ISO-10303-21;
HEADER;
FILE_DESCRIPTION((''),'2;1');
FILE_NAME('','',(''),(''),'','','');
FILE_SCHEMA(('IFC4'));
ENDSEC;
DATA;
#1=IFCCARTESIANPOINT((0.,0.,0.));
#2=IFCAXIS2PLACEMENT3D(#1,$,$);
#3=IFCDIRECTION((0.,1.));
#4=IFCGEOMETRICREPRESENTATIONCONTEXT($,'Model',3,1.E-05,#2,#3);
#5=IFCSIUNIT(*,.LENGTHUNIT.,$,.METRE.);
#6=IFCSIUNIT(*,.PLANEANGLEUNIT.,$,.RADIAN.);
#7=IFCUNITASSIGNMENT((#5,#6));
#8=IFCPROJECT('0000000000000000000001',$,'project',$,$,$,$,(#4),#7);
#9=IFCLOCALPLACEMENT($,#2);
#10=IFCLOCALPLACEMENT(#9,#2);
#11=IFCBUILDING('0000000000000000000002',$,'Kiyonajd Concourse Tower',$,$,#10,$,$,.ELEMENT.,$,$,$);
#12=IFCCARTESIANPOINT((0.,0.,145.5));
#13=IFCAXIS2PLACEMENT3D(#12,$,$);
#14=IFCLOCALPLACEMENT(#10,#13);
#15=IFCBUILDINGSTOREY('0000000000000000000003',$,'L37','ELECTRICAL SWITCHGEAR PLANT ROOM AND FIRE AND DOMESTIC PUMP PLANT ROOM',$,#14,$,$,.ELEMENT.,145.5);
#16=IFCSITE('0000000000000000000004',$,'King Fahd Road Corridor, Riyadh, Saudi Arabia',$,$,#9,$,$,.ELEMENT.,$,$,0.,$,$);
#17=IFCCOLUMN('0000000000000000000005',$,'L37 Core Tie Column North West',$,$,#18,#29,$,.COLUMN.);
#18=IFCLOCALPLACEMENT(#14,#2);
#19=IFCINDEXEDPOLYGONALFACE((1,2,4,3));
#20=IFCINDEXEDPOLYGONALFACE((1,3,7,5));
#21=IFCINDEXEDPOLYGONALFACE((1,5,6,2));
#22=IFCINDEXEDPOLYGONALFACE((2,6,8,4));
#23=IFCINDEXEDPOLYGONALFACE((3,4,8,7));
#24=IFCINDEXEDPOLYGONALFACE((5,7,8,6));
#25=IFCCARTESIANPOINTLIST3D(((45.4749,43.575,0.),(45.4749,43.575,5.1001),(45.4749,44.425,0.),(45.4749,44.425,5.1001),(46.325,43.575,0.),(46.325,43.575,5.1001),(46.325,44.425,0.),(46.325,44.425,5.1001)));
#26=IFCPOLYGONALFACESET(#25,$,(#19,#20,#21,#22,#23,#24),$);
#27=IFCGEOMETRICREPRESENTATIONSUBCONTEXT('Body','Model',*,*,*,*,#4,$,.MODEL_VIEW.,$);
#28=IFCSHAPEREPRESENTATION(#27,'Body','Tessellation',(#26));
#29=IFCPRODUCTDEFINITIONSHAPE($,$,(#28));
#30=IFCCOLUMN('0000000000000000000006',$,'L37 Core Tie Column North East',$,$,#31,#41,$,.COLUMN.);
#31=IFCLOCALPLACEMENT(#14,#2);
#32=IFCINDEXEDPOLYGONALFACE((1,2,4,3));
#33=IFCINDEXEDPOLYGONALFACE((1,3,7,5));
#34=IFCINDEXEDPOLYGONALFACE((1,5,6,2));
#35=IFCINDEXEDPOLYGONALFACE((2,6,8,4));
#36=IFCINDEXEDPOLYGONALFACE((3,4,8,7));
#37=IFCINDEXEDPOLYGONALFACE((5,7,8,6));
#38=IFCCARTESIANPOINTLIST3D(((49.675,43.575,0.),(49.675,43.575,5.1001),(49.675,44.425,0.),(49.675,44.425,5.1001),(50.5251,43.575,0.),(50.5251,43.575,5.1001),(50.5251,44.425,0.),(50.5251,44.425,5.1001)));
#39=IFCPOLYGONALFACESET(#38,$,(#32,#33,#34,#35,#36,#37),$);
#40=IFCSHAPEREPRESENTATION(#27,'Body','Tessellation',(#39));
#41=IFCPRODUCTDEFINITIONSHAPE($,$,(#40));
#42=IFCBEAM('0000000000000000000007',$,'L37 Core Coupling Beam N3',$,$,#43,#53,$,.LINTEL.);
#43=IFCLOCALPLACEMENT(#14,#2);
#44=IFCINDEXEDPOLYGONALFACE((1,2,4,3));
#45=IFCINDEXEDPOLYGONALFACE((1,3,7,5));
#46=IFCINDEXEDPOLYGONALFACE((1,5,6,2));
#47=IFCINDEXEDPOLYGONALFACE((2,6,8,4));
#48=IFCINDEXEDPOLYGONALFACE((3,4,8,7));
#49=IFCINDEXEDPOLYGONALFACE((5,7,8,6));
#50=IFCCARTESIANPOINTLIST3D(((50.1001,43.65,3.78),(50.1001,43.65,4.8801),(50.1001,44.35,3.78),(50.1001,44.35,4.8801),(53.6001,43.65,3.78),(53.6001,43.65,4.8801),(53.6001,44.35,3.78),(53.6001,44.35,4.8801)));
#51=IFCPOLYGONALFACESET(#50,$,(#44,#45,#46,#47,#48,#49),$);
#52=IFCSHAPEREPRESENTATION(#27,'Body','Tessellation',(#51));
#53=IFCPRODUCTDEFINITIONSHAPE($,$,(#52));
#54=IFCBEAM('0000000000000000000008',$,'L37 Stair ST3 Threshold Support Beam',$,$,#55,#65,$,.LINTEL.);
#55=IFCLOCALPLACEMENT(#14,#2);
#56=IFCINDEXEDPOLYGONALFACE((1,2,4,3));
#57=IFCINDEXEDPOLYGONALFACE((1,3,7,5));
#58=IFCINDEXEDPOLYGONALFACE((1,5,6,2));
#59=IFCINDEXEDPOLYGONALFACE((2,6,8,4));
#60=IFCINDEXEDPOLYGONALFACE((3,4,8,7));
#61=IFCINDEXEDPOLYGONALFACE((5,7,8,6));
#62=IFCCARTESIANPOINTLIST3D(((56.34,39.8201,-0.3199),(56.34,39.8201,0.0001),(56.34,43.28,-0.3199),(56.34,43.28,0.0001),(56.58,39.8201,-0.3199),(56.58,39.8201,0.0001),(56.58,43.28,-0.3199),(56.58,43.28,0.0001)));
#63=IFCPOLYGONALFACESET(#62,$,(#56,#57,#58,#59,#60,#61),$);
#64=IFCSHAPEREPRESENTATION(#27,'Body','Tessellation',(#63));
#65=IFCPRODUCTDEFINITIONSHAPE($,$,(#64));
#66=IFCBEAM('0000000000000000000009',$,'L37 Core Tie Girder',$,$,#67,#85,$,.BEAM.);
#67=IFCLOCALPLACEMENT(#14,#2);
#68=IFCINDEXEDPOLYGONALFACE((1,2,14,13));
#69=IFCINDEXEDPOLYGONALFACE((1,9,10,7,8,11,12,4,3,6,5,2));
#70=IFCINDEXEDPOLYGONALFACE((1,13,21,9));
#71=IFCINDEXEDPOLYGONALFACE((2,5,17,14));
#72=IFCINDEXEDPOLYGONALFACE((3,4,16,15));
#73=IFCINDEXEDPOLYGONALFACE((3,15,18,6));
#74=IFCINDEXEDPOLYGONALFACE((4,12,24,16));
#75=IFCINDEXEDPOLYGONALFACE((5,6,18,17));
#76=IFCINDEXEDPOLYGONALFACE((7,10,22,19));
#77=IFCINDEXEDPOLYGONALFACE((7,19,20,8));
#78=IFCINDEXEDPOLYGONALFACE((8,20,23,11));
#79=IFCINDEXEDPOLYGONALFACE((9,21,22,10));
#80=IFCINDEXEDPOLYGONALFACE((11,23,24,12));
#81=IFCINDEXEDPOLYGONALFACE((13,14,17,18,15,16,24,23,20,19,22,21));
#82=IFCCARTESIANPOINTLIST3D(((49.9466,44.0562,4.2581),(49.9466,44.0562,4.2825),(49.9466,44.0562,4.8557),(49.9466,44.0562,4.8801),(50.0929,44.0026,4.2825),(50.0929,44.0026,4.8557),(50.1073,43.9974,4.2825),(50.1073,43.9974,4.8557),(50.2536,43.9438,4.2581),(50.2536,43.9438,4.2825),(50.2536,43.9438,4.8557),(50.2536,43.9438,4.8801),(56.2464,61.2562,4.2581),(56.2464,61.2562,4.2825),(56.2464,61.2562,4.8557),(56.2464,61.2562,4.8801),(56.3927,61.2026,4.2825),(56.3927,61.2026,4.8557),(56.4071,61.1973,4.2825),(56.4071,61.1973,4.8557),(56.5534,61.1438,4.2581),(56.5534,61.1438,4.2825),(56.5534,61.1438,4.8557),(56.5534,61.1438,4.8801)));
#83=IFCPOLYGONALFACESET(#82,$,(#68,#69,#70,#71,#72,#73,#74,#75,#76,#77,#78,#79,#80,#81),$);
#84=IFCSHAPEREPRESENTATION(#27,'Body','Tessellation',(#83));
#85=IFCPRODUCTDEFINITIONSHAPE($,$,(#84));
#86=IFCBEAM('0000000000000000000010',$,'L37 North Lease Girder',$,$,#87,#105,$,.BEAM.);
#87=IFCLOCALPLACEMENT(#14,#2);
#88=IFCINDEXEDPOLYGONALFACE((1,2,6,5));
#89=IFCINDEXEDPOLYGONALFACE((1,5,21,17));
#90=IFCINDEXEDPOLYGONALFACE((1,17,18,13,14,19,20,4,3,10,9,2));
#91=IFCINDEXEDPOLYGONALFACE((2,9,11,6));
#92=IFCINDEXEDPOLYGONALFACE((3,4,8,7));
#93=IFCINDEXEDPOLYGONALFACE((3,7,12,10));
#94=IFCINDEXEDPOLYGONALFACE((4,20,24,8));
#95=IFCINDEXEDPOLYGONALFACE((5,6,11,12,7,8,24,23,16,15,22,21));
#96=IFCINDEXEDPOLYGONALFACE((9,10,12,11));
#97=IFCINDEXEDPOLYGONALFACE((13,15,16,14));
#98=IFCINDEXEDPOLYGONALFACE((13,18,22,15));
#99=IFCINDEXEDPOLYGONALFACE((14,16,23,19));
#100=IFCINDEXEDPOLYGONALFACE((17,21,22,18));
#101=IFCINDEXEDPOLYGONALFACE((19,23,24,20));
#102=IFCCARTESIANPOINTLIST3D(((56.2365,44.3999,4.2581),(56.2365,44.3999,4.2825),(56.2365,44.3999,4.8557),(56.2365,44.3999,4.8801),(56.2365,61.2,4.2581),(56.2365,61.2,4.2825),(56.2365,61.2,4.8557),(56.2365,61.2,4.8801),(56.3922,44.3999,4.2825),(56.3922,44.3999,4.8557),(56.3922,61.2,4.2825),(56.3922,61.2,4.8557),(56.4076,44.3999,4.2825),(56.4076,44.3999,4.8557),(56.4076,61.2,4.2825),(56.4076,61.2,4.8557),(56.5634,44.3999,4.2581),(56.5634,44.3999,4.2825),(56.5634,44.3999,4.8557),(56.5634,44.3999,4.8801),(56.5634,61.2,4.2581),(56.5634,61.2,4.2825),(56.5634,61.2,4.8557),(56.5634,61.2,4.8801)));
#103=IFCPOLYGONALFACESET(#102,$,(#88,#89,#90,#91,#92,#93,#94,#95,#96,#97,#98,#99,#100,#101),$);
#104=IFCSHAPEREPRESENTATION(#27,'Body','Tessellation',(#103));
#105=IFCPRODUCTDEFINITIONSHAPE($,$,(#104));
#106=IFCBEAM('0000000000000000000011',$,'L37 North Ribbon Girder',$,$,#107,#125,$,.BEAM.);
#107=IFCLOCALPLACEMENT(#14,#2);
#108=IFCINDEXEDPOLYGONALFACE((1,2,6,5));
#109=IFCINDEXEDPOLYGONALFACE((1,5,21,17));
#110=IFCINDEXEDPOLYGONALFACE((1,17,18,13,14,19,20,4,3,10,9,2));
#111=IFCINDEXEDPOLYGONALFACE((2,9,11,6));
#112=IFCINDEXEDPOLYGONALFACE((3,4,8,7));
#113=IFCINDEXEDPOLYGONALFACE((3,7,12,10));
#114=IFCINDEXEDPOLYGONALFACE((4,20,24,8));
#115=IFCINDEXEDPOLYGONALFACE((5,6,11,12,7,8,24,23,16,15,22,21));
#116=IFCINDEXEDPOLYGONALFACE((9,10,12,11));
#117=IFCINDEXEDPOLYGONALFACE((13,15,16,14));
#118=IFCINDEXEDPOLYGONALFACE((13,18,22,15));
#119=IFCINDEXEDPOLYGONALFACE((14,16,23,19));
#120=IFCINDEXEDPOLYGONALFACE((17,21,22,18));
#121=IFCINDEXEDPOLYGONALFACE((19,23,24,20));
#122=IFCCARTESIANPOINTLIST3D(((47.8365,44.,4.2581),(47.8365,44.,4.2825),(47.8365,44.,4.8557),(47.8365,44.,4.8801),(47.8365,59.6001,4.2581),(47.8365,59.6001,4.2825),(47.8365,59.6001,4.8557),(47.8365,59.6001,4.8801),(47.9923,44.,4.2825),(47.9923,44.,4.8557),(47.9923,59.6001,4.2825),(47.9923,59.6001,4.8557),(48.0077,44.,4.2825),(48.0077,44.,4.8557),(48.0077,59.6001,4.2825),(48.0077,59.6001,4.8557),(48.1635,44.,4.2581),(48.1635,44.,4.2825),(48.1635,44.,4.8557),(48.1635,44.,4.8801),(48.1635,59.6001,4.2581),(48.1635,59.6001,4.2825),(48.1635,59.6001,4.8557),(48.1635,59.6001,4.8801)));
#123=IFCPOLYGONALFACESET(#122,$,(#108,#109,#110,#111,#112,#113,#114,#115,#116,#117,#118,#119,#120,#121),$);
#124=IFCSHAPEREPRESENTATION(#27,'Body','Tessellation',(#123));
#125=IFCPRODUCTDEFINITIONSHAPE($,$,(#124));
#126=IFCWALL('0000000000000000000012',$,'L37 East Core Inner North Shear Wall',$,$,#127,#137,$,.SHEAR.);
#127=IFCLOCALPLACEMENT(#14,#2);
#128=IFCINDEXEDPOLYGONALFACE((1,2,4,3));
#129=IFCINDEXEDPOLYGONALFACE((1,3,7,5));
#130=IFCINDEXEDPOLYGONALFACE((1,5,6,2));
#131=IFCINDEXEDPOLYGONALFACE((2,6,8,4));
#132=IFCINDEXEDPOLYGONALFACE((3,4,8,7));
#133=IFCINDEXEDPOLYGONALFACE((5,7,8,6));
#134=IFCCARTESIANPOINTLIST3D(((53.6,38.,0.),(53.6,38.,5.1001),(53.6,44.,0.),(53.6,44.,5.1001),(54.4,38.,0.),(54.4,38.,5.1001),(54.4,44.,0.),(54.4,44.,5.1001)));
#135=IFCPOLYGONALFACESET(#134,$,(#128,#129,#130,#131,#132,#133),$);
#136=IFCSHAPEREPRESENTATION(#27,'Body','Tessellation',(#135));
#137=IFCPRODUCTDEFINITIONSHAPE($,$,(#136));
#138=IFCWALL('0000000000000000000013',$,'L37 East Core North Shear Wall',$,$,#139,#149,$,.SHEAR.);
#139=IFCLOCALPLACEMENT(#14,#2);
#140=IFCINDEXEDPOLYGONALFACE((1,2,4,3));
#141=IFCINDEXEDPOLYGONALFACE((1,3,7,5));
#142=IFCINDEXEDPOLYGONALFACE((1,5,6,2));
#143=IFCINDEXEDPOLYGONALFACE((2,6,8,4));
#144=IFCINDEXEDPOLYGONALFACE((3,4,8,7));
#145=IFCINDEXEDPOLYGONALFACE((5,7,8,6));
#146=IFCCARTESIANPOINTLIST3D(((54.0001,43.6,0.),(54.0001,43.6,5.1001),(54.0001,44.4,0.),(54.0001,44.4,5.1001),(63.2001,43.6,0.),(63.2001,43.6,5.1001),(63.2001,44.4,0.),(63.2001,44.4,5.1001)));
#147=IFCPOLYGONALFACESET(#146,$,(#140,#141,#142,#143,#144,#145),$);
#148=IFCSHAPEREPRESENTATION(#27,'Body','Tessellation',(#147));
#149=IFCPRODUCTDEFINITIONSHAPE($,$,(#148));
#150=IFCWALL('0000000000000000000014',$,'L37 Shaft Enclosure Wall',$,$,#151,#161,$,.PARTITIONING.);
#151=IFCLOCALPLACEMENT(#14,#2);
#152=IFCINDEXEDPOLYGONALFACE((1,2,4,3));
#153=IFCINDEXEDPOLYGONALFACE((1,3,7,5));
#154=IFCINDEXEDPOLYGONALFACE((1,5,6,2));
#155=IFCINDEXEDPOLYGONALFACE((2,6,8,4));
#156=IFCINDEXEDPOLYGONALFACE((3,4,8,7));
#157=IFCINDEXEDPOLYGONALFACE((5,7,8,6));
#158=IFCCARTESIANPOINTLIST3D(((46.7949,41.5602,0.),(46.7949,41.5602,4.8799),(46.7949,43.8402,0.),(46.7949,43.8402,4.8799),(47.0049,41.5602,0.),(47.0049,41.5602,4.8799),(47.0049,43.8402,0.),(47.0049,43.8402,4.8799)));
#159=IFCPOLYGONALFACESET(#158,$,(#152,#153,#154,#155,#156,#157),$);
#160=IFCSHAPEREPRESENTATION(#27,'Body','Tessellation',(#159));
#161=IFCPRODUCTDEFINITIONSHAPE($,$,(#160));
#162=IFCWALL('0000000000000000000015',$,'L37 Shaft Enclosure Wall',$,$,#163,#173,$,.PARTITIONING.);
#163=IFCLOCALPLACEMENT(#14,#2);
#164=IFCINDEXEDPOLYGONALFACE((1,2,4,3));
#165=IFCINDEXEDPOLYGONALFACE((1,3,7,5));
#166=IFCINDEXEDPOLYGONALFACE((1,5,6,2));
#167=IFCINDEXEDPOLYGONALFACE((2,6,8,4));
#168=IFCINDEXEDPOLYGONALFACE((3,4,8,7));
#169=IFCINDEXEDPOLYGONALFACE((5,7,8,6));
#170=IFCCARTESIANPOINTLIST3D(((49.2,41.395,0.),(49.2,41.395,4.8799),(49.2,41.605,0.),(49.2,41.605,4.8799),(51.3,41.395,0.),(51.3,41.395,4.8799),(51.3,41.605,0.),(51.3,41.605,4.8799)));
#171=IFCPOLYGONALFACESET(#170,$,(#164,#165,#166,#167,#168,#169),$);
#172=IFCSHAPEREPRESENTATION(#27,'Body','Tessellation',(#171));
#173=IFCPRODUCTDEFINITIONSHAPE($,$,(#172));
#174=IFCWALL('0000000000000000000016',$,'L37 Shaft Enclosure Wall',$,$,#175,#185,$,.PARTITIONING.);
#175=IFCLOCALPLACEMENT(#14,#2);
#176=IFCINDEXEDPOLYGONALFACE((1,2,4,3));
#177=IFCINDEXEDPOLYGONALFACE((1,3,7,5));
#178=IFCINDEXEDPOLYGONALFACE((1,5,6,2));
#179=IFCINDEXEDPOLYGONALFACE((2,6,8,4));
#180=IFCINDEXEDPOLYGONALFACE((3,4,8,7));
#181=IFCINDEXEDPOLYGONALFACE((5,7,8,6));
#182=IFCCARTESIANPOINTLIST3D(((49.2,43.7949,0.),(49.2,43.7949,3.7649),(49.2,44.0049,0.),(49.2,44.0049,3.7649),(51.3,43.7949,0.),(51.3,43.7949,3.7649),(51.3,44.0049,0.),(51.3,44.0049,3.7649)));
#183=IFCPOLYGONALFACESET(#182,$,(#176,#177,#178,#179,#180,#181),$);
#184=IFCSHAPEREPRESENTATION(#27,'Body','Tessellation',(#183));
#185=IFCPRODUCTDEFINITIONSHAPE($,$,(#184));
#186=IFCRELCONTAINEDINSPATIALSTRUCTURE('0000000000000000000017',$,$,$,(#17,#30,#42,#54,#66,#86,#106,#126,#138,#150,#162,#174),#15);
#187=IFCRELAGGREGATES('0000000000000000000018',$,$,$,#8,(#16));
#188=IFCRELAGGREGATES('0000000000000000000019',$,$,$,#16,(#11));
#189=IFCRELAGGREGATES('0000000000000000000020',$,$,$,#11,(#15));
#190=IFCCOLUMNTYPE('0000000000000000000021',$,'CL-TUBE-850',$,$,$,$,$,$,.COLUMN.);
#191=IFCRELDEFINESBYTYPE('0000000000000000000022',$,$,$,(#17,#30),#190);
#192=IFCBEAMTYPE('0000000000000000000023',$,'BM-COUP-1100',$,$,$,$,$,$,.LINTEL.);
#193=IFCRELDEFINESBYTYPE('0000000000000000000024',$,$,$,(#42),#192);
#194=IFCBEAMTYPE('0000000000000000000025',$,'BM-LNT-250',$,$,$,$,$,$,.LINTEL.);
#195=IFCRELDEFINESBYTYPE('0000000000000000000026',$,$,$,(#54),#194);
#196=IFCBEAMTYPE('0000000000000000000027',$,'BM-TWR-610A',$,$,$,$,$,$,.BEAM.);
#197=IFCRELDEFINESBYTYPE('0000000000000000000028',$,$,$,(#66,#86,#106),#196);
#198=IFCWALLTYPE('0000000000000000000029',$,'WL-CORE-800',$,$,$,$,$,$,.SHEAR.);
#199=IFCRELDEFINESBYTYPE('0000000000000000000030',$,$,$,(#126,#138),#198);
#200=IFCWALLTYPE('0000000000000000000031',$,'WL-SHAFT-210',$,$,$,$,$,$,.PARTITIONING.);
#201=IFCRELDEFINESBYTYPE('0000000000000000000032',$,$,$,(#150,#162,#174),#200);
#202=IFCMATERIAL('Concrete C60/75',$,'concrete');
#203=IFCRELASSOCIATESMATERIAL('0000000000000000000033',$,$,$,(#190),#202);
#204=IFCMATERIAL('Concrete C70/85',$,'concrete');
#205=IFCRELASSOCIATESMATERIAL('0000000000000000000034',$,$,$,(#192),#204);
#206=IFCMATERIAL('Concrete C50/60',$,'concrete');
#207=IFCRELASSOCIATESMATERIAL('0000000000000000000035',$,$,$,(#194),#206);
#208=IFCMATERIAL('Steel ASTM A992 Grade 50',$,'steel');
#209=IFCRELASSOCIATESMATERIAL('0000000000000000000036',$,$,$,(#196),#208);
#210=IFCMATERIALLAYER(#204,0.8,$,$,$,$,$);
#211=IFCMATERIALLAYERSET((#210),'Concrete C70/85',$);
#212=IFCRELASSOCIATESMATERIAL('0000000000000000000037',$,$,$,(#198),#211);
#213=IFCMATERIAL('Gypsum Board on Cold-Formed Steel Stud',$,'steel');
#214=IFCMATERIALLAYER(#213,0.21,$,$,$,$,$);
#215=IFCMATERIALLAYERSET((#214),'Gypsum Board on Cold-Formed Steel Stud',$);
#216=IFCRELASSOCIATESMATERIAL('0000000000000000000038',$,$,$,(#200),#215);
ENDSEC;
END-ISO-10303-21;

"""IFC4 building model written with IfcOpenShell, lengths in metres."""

from ifc_helpers import new_model, si_unit, direction, frame, frame_2d, origin, origin_2d, place, context, subcontext, project, spatial, rectangle, i_section, extrude, material, layer, layer_set, material_profile, profile_set, type_object, element, save


model = new_model("IFC4")

# Units and contexts
model_context = context("Model", 3, precision=1e-05, world=origin(), true_north=direction((0.0, 1.0)))
body_context = subcontext(model_context, "Body", "Model", "MODEL_VIEW")
ifc_project = project(units=[si_unit("LENGTHUNIT", "METRE"), si_unit("PLANEANGLEUNIT", "RADIAN")], contexts=[model_context])

# Site, building, storey
site_placement = place(None, origin())
site = spatial("IfcSite", under=ifc_project, at=site_placement, Name="King Fahd Road Corridor, Riyadh, Saudi Arabia", CompositionType="ELEMENT", RefElevation=0.0)
building_placement = place(site_placement, origin())
building = spatial("IfcBuilding", under=site, at=building_placement, Name="Kiyonajd Concourse Tower", CompositionType="ELEMENT")
storey_placement = place(building_placement, frame((0.0, 0.0, 145.5)))
storey = spatial("IfcBuildingStorey", under=building, at=storey_placement, Name="L37", Description="ELECTRICAL SWITCHGEAR PLANT ROOM AND FIRE AND DOMESTIC PUMP PLANT ROOM", CompositionType="ELEMENT", Elevation=145.5)

# Columns
ifc_material_1 = material(Name="Concrete C60/75", Category="concrete")
ifc_material_profile_1 = material_profile(ifc_material_1, rectangle(XDim=0.8501, YDim=0.8501, at=origin_2d()), Name="RC-850x850")
ifc_profile_set_1 = profile_set([ifc_material_profile_1], Name="Concrete C60/75")
column_type = type_object("IfcColumnType", Name="CL-TUBE-850", PredefinedType="COLUMN", material=ifc_profile_set_1)
for number, where, z_axis, x_axis, name in (
    (1, (45.8999, 44.0, 0.0), (0.0, 0.0, 1.0), (1.0, 0.0, 0.0), "L37 Core Tie Column North West"),
    (2, (50.1001, 44.0, 0.0), (0.0, 0.0, 1.0), (1.0, 0.0, 0.0), "L37 Core Tie Column North East"),
):
    element("IfcColumn", number, at=place(storey_placement, frame(where, z_axis=z_axis, x_axis=x_axis)), inside=storey, type_object=column_type, Name=name, PredefinedType="COLUMN", context=body_context, shape_type="SweptSolid", body=[
        extrude(rectangle(XDim=0.8501, YDim=0.8501, at=origin_2d()), origin(), (0.0, 0.0, 1.0), 5.1001),
    ])

# Beams
ifc_material_2 = material(Name="Concrete C70/85", Category="concrete")
ifc_material_profile_2 = material_profile(ifc_material_2, rectangle(XDim=0.7, YDim=1.1001, at=origin_2d()), Name="RCBM-700x1100")
ifc_profile_set_2 = profile_set([ifc_material_profile_2], Name="Concrete C70/85")
beam_type_1 = type_object("IfcBeamType", Name="BM-COUP-1100", PredefinedType="LINTEL", material=ifc_profile_set_2)
beam_1_placement = place(storey_placement, frame((50.1001, 44.0, 4.3301), z_axis=(1.0, 0.0, 0.0), x_axis=(0.0, 1.0, 0.0)))
element("IfcBeam", 3, at=beam_1_placement, inside=storey, type_object=beam_type_1, Name="L37 Core Coupling Beam N3", PredefinedType="LINTEL", context=body_context, shape_type="SweptSolid", body=[
    extrude(rectangle(XDim=0.7, YDim=1.1001, at=origin_2d()), origin(), (0.0, 0.0, 1.0), 3.5),
])
ifc_material_3 = material(Name="Concrete C50/60", Category="concrete")
ifc_material_profile_3 = material_profile(ifc_material_3, rectangle(XDim=0.24, YDim=0.3201, at=origin_2d()), Name="RCBM-240x320")
ifc_profile_set_3 = profile_set([ifc_material_profile_3], Name="Concrete C50/60")
beam_type_2 = type_object("IfcBeamType", Name="BM-LNT-250", PredefinedType="LINTEL", material=ifc_profile_set_3)
beam_2_placement = place(storey_placement, frame((56.46, 39.8201, -0.1599), z_axis=(0.0, 1.0, 0.0), x_axis=(-1.0, 0.0, 0.0)))
element("IfcBeam", 4, at=beam_2_placement, inside=storey, type_object=beam_type_2, Name="L37 Stair ST3 Threshold Support Beam", PredefinedType="LINTEL", context=body_context, shape_type="SweptSolid", body=[
    extrude(rectangle(XDim=0.24, YDim=0.3201, at=origin_2d()), origin(), (0.0, 0.0, 1.0), 3.46),
])
ifc_material_4 = material(Name="Steel ASTM A992 Grade 50", Category="steel")
ifc_material_profile_4 = material_profile(ifc_material_4, i_section(OverallWidth=0.3269, OverallDepth=0.6221, WebThickness=0.0154, FlangeThickness=0.0244, at=origin_2d()), Name="W610X195")
ifc_profile_set_4 = profile_set([ifc_material_profile_4], Name="Steel ASTM A992 Grade 50")
beam_type_3 = type_object("IfcBeamType", Name="BM-TWR-610A", PredefinedType="BEAM", material=ifc_profile_set_4)
beam_3_placement = place(storey_placement, frame((50.1001, 44.0, 4.5691), z_axis=(0.343925, 0.938997, 0.0), x_axis=(-0.938997, 0.343925, 0.0)))
element("IfcBeam", 5, at=beam_3_placement, inside=storey, type_object=beam_type_3, Name="L37 Core Tie Girder", PredefinedType="BEAM", context=body_context, shape_type="SweptSolid", body=[
    extrude(i_section(OverallWidth=0.3269, OverallDepth=0.6221, WebThickness=0.0154, FlangeThickness=0.0244, at=origin_2d()), origin(), (0.0, 0.0, 1.0), 18.3174),
])
beam_4_placement = place(storey_placement, frame((56.3999, 44.3999, 4.5691), z_axis=(0.0, 1.0, 0.0), x_axis=(-1.0, 0.0, 0.0)))
element("IfcBeam", 6, at=beam_4_placement, inside=storey, type_object=beam_type_3, Name="L37 North Lease Girder", PredefinedType="BEAM", context=body_context, shape_type="SweptSolid", body=[
    extrude(i_section(OverallWidth=0.3269, OverallDepth=0.6221, WebThickness=0.0154, FlangeThickness=0.0244, at=origin_2d()), origin(), (0.0, 0.0, 1.0), 16.8),
])
beam_5_placement = place(storey_placement, frame((48.0, 44.0, 4.5691), z_axis=(0.0, 1.0, 0.0), x_axis=(-1.0, 0.0, 0.0)))
element("IfcBeam", 7, at=beam_5_placement, inside=storey, type_object=beam_type_3, Name="L37 North Ribbon Girder", PredefinedType="BEAM", context=body_context, shape_type="SweptSolid", body=[
    extrude(i_section(OverallWidth=0.3269, OverallDepth=0.6221, WebThickness=0.0154, FlangeThickness=0.0244, at=origin_2d()), origin(), (0.0, 0.0, 1.0), 15.6001),
])

# Walls
ifc_layer_1 = layer(ifc_material_2, 0.8)
ifc_layer_set_1 = layer_set([ifc_layer_1], Name="Concrete C70/85")
wall_type_1 = type_object("IfcWallType", Name="WL-CORE-800", PredefinedType="SHEAR", material=ifc_layer_set_1)
wall_1_placement = place(storey_placement, frame((54.0, 38.0, 0.0), z_axis=(0.0, 0.0, 1.0), x_axis=(0.0, 1.0, 0.0)))
element("IfcWall", 8, at=wall_1_placement, inside=storey, type_object=wall_type_1, Name="L37 East Core Inner North Shear Wall", PredefinedType="SHEAR", context=body_context, shape_type="SweptSolid", body=[
    extrude(rectangle(XDim=6.0, YDim=0.8, at=frame_2d((3.0, 0.0))), origin(), (0.0, 0.0, 1.0), 5.1001),
])
wall_2_placement = place(storey_placement, frame((54.0, 44.0, 0.0), z_axis=(0.0, 0.0, 1.0), x_axis=(1.0, 0.0, 0.0)))
element("IfcWall", 9, at=wall_2_placement, inside=storey, type_object=wall_type_1, Name="L37 East Core North Shear Wall", PredefinedType="SHEAR", context=body_context, shape_type="SweptSolid", body=[
    extrude(rectangle(XDim=9.2, YDim=0.8, at=frame_2d((4.6001, 0.0))), origin(), (0.0, 0.0, 1.0), 5.1001),
])
ifc_material_5 = material(Name="Gypsum Board on Cold-Formed Steel Stud", Category="steel")
ifc_layer_2 = layer(ifc_material_5, 0.21)
ifc_layer_set_2 = layer_set([ifc_layer_2], Name="Gypsum Board on Cold-Formed Steel Stud")
wall_type_2 = type_object("IfcWallType", Name="WL-SHAFT-210", PredefinedType="PARTITIONING", material=ifc_layer_set_2)
wall_3_placement = place(storey_placement, frame((46.8999, 41.5601, 0.0), z_axis=(0.0, 0.0, 1.0), x_axis=(0.0, 1.0, 0.0)))
element("IfcWall", 10, at=wall_3_placement, inside=storey, type_object=wall_type_2, Name="L37 Shaft Enclosure Wall", PredefinedType="PARTITIONING", context=body_context, shape_type="SweptSolid", body=[
    extrude(rectangle(XDim=2.28, YDim=0.21, at=frame_2d((1.1401, 0.0))), origin(), (0.0, 0.0, 1.0), 4.8799),
])
wall_4_placement = place(storey_placement, frame((49.2, 41.5, 0.0), z_axis=(0.0, 0.0, 1.0), x_axis=(1.0, 0.0, 0.0)))
element("IfcWall", 11, at=wall_4_placement, inside=storey, type_object=wall_type_2, Name="L37 Shaft Enclosure Wall", PredefinedType="PARTITIONING", context=body_context, shape_type="SweptSolid", body=[
    extrude(rectangle(XDim=2.1001, YDim=0.21, at=frame_2d((1.05, 0.0))), origin(), (0.0, 0.0, 1.0), 4.8799),
])
wall_5_placement = place(storey_placement, frame((49.2, 43.8999, 0.0), z_axis=(0.0, 0.0, 1.0), x_axis=(1.0, 0.0, 0.0)))
element("IfcWall", 12, at=wall_5_placement, inside=storey, type_object=wall_type_2, Name="L37 Shaft Enclosure Wall", PredefinedType="PARTITIONING", context=body_context, shape_type="SweptSolid", body=[
    extrude(rectangle(XDim=2.1001, YDim=0.21, at=frame_2d((1.05, 0.0))), origin(), (0.0, 0.0, 1.0), 3.7649),
])

save(model, "model.ifc")
